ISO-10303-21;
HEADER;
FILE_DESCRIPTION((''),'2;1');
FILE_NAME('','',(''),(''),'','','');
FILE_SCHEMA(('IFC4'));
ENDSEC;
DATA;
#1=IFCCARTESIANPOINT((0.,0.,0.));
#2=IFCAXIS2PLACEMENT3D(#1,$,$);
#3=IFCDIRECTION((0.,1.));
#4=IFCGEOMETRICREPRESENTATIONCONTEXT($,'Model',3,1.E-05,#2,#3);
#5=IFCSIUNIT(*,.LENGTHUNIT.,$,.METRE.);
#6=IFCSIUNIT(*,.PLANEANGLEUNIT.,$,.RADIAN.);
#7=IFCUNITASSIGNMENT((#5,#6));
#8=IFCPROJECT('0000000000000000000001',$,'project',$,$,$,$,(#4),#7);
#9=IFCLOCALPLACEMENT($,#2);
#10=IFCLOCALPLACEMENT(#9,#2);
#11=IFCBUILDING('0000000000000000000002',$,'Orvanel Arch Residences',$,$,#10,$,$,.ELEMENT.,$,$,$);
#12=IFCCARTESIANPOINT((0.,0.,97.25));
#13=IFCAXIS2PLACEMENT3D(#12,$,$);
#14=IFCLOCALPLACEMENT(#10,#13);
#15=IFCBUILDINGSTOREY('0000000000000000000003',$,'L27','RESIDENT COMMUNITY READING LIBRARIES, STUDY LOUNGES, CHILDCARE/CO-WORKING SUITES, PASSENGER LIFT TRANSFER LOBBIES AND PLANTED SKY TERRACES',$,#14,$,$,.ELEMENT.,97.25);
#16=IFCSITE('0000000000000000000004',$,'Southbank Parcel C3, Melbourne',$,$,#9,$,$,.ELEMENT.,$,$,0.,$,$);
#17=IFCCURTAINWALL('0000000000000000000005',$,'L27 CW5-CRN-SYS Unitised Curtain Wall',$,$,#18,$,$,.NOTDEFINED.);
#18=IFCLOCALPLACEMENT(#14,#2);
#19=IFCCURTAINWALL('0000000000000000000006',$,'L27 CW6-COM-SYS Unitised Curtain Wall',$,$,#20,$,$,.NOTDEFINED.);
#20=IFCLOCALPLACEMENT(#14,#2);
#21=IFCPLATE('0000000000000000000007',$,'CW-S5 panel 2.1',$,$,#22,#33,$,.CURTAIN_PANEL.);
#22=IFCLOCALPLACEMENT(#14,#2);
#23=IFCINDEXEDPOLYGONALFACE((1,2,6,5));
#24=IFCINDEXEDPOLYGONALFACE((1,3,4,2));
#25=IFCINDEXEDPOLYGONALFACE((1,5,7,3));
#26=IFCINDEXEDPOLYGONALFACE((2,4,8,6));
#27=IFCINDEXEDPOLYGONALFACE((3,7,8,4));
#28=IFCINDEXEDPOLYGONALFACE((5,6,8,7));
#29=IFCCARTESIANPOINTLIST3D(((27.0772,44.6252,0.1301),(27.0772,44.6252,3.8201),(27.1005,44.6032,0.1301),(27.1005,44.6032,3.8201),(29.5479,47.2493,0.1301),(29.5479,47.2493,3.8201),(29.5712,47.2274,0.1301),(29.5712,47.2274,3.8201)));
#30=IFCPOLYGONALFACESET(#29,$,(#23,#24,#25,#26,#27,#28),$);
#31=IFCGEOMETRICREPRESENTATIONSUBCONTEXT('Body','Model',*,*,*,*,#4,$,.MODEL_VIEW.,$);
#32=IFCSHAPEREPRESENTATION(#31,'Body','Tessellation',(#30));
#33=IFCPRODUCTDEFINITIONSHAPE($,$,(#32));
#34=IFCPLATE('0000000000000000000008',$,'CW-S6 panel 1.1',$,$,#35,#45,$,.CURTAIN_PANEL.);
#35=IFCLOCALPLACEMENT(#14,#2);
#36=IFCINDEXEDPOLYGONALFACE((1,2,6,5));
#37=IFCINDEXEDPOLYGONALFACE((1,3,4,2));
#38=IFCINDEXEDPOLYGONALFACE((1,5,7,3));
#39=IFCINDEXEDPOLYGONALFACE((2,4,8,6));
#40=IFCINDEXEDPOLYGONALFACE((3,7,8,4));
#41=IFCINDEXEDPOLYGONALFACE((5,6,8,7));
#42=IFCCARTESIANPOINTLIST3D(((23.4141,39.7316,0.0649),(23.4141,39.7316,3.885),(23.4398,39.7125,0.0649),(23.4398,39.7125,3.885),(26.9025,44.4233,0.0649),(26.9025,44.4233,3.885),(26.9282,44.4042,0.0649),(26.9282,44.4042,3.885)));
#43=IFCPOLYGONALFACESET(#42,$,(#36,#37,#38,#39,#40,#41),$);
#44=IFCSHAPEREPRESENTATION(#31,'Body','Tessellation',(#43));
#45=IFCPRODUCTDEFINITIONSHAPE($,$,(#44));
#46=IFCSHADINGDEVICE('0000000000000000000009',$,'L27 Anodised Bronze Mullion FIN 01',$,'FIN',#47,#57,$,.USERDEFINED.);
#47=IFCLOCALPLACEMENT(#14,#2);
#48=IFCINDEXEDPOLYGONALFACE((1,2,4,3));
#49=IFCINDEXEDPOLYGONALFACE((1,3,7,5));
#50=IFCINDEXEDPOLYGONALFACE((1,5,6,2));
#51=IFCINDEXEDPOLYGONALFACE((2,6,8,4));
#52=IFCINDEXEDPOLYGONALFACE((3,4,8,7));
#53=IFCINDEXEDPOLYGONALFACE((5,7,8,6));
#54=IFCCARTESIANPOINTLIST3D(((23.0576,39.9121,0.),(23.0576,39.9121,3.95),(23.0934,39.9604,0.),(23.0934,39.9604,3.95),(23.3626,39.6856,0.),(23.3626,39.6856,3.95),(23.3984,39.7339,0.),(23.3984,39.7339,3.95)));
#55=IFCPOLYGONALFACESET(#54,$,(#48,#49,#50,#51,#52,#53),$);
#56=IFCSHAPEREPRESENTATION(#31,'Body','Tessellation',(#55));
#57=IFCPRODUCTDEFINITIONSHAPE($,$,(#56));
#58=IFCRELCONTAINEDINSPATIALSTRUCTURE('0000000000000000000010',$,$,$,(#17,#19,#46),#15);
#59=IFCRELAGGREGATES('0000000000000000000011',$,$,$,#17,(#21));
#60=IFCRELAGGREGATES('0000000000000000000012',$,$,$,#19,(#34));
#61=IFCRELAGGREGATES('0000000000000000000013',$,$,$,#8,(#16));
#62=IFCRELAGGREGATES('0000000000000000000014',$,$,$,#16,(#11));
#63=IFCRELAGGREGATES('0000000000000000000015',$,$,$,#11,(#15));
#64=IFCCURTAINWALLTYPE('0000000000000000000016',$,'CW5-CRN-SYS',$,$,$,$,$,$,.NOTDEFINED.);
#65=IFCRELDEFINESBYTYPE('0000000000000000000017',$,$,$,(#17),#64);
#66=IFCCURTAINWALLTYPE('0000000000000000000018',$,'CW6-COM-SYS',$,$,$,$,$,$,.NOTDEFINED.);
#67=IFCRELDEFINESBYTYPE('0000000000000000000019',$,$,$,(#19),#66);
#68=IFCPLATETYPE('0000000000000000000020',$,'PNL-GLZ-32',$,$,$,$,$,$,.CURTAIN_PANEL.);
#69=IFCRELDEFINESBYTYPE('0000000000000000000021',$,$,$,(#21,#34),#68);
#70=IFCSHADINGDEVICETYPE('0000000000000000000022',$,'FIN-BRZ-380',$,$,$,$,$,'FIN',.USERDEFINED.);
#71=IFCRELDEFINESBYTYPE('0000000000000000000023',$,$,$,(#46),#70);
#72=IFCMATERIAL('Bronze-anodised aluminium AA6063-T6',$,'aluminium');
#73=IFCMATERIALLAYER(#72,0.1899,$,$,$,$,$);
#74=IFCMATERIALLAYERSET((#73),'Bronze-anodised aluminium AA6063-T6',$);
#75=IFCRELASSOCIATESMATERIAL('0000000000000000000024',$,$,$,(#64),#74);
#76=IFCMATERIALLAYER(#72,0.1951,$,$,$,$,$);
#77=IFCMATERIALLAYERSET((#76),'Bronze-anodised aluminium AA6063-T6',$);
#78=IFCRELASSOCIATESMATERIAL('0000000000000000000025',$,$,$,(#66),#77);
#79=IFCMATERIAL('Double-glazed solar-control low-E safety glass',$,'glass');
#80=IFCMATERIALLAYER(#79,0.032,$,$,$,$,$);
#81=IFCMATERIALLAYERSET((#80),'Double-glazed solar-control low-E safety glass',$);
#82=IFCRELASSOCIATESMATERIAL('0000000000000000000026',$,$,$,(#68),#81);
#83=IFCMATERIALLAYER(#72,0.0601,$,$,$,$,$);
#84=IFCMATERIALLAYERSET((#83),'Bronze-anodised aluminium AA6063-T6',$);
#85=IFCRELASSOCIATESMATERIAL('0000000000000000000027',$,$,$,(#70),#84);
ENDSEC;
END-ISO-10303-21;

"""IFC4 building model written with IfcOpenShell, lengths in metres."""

from ifc_helpers import new_model, si_unit, direction, frame, origin, origin_2d, place, context, subcontext, project, spatial, rectangle, extrude, material, layer, layer_set, type_object, element, aggregate, save


model = new_model("IFC4")

# Units and contexts
model_context = context("Model", 3, precision=1e-05, world=origin(), true_north=direction((0.0, 1.0)))
body_context = subcontext(model_context, "Body", "Model", "MODEL_VIEW")
ifc_project = project(units=[si_unit("LENGTHUNIT", "METRE"), si_unit("PLANEANGLEUNIT", "RADIAN")], contexts=[model_context])

# Site, building, storey
site_placement = place(None, origin())
site = spatial("IfcSite", under=ifc_project, at=site_placement, Name="Southbank Parcel C3, Melbourne", CompositionType="ELEMENT", RefElevation=0.0)
building_placement = place(site_placement, origin())
building = spatial("IfcBuilding", under=site, at=building_placement, Name="Orvanel Arch Residences", CompositionType="ELEMENT")
storey_placement = place(building_placement, frame((0.0, 0.0, 97.25)))
storey = spatial("IfcBuildingStorey", under=building, at=storey_placement, Name="L27", Description="RESIDENT COMMUNITY READING LIBRARIES, STUDY LOUNGES, CHILDCARE/CO-WORKING SUITES, PASSENGER LIFT TRANSFER LOBBIES AND PLANTED SKY TERRACES", CompositionType="ELEMENT", Elevation=97.25)

# Curtain walls
ifc_material_1 = material(Name="Bronze-anodised aluminium AA6063-T6", Category="aluminium")
ifc_layer_1 = layer(ifc_material_1, 0.1899)
ifc_layer_set_1 = layer_set([ifc_layer_1], Name="Bronze-anodised aluminium AA6063-T6")
curtain_wall_type_1 = type_object("IfcCurtainWallType", Name="CW5-CRN-SYS", PredefinedType="NOTDEFINED", material=ifc_layer_set_1)
curtain_wall_1_placement = place(storey_placement, origin())
curtain_wall_1 = element("IfcCurtainWall", 1, at=curtain_wall_1_placement, inside=storey, type_object=curtain_wall_type_1, Name="L27 CW5-CRN-SYS Unitised Curtain Wall", PredefinedType="NOTDEFINED")
ifc_layer_2 = layer(ifc_material_1, 0.1951)
ifc_layer_set_2 = layer_set([ifc_layer_2], Name="Bronze-anodised aluminium AA6063-T6")
curtain_wall_type_2 = type_object("IfcCurtainWallType", Name="CW6-COM-SYS", PredefinedType="NOTDEFINED", material=ifc_layer_set_2)
curtain_wall_2_placement = place(storey_placement, origin())
curtain_wall_2 = element("IfcCurtainWall", 2, at=curtain_wall_2_placement, inside=storey, type_object=curtain_wall_type_2, Name="L27 CW6-COM-SYS Unitised Curtain Wall", PredefinedType="NOTDEFINED")

# Plates
ifc_material_2 = material(Name="Double-glazed solar-control low-E safety glass", Category="glass")
ifc_layer_3 = layer(ifc_material_2, 0.032)
ifc_layer_set_3 = layer_set([ifc_layer_3], Name="Double-glazed solar-control low-E safety glass")
plate_type_1 = type_object("IfcPlateType", Name="PNL-GLZ-32", PredefinedType="CURTAIN_PANEL", material=ifc_layer_set_3)
plate_1_placement = place(storey_placement, frame((28.3242, 45.9263, 0.1301), z_axis=(0.0, 0.0, 1.0), x_axis=(-0.685503, -0.72807, 0.0)))
plate_1 = element("IfcPlate", 3, at=plate_1_placement, type_object=plate_type_1, Name="CW-S5 panel 2.1", PredefinedType="CURTAIN_PANEL", context=body_context, shape_type="SweptSolid", body=[
    extrude(rectangle(XDim=3.6042, YDim=0.032, at=origin_2d()), origin(), (0.0, 0.0, 1.0), 3.6899),
])
aggregate(curtain_wall_1, [plate_1])
plate_2_placement = place(storey_placement, frame((25.1711, 42.0679, 0.0649), z_axis=(0.0, 0.0, 1.0), x_axis=(-0.596665, -0.80249, 0.0)))
plate_2 = element("IfcPlate", 4, at=plate_2_placement, type_object=plate_type_1, Name="CW-S6 panel 1.1", PredefinedType="CURTAIN_PANEL", context=body_context, shape_type="SweptSolid", body=[
    extrude(rectangle(XDim=5.8464, YDim=0.032, at=origin_2d()), origin(), (0.0, 0.0, 1.0), 3.8201),
])
aggregate(curtain_wall_2, [plate_2])

# Shading device
ifc_layer_4 = layer(ifc_material_1, 0.0601)
ifc_layer_set_4 = layer_set([ifc_layer_4], Name="Bronze-anodised aluminium AA6063-T6")
shading_device_type = type_object("IfcShadingDeviceType", Name="FIN-BRZ-380", ElementType="FIN", PredefinedType="USERDEFINED", material=ifc_layer_set_4)
shading_device_placement = place(storey_placement, frame((23.228, 39.823, 0.0), z_axis=(0.0, 0.0, 1.0), x_axis=(-0.802817, 0.596225, 0.0)))
element("IfcShadingDevice", 5, at=shading_device_placement, inside=storey, type_object=shading_device_type, Name="L27 Anodised Bronze Mullion FIN 01", ObjectType="FIN", PredefinedType="USERDEFINED", context=body_context, shape_type="SweptSolid", body=[
    extrude(rectangle(XDim=0.3799, YDim=0.0601, at=origin_2d()), origin(), (0.0, 0.0, 1.0), 3.95),
])

save(model, "model.ifc")
